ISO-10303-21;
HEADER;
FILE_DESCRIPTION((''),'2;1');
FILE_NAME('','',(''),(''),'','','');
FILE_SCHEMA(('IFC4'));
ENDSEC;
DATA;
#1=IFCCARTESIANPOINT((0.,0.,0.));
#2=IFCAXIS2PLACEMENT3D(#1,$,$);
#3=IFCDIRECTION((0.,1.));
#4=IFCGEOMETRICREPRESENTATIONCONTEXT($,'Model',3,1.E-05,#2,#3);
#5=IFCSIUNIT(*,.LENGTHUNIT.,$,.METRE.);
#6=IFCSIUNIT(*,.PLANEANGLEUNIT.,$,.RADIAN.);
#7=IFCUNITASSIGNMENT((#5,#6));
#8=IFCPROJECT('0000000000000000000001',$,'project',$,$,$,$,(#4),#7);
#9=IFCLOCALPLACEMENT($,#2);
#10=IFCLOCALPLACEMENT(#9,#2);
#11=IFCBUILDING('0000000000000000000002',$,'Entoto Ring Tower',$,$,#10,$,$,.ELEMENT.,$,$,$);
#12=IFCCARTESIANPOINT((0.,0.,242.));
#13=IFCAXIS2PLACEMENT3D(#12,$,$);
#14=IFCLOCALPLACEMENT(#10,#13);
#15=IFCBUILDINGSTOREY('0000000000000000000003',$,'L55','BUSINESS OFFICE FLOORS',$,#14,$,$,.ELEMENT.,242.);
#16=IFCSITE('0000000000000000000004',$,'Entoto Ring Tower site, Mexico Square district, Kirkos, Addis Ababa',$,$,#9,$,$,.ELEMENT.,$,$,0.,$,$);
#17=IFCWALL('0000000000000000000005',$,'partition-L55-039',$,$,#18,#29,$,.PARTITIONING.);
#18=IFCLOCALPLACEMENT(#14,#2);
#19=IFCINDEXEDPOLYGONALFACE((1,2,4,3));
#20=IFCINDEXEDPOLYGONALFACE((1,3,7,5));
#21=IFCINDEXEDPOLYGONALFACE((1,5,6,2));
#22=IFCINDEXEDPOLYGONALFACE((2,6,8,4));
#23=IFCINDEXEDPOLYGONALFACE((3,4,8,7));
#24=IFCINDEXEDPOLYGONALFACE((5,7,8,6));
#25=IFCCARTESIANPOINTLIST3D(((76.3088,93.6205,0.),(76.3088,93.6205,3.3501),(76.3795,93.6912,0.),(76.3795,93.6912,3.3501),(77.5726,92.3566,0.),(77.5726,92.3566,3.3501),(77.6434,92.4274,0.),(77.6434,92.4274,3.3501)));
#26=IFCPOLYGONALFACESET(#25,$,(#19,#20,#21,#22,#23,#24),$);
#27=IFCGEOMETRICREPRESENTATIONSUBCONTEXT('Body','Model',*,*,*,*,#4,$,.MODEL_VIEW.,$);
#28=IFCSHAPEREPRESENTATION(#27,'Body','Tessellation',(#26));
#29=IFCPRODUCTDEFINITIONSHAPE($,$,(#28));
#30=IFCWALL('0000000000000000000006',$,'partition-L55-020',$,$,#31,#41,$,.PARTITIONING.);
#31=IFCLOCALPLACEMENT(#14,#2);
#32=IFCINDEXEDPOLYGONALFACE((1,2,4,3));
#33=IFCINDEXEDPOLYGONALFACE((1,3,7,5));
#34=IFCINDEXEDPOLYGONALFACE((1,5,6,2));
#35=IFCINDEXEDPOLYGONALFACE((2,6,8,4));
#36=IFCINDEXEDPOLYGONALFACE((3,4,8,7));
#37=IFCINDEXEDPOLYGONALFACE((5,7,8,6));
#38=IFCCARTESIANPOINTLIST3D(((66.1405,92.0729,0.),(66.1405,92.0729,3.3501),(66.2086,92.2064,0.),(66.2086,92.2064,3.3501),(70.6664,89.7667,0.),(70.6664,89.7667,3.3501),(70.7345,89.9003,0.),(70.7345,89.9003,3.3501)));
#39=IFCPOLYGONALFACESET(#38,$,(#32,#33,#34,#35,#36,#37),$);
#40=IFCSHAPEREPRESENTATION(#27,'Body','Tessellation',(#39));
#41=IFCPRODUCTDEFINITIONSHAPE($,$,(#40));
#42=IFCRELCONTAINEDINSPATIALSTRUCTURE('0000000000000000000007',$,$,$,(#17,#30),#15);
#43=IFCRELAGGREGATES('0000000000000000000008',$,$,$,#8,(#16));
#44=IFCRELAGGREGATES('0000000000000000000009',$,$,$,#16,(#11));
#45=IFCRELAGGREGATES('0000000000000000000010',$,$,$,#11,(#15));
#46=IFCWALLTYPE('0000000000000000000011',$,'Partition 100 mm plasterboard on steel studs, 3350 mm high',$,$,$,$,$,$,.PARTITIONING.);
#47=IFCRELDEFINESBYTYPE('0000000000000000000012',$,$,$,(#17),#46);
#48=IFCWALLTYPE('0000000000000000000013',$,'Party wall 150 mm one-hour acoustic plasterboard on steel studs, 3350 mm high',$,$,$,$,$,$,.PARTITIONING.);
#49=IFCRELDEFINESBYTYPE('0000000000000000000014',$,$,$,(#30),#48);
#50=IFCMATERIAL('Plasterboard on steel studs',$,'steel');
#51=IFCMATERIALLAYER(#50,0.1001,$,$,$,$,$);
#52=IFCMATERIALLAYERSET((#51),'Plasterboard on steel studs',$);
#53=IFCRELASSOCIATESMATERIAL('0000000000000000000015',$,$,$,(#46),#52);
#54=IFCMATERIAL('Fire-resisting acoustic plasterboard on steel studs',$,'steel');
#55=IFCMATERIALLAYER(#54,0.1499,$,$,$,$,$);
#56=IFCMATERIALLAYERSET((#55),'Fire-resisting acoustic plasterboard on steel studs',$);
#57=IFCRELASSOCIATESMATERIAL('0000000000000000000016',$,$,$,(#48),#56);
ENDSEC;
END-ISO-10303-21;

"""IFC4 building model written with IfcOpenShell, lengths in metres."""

from ifc_helpers import new_model, si_unit, direction, frame, frame_2d, origin, place, context, subcontext, project, spatial, rectangle, extrude, material, layer, layer_set, type_object, element, save


model = new_model("IFC4")

# Units and contexts
model_context = context("Model", 3, precision=1e-05, world=origin(), true_north=direction((0.0, 1.0)))
body_context = subcontext(model_context, "Body", "Model", "MODEL_VIEW")
ifc_project = project(units=[si_unit("LENGTHUNIT", "METRE"), si_unit("PLANEANGLEUNIT", "RADIAN")], contexts=[model_context])

# Site, building, storey
site_placement = place(None, origin())
site = spatial("IfcSite", under=ifc_project, at=site_placement, Name="Entoto Ring Tower site, Mexico Square district, Kirkos, Addis Ababa", CompositionType="ELEMENT", RefElevation=0.0)
building_placement = place(site_placement, origin())
building = spatial("IfcBuilding", under=site, at=building_placement, Name="Entoto Ring Tower", CompositionType="ELEMENT")
storey_placement = place(building_placement, frame((0.0, 0.0, 242.0)))
storey = spatial("IfcBuildingStorey", under=building, at=storey_placement, Name="L55", Description="BUSINESS OFFICE FLOORS", CompositionType="ELEMENT", Elevation=242.0)

# Walls
ifc_material_1 = material(Name="Plasterboard on steel studs", Category="steel")
ifc_layer_1 = layer(ifc_material_1, 0.1001)
ifc_layer_set_1 = layer_set([ifc_layer_1], Name="Plasterboard on steel studs")
wall_type_1 = type_object("IfcWallType", Name="Partition 100 mm plasterboard on steel studs, 3350 mm high", PredefinedType="PARTITIONING", material=ifc_layer_set_1)
wall_1_placement = place(storey_placement, frame((77.6079, 92.3921, 0.0), z_axis=(0.0, 0.0, 1.0), x_axis=(-0.707107, 0.707107, 0.0)))
element("IfcWall", 1, at=wall_1_placement, inside=storey, type_object=wall_type_1, Name="partition-L55-039", PredefinedType="PARTITIONING", context=body_context, shape_type="SweptSolid", body=[
    extrude(rectangle(XDim=1.7874, YDim=0.1001, at=frame_2d((0.8936, 0.0))), origin(), (0.0, 0.0, 1.0), 3.3501),
])
ifc_material_2 = material(Name="Fire-resisting acoustic plasterboard on steel studs", Category="steel")
ifc_layer_2 = layer(ifc_material_2, 0.1499)
ifc_layer_set_2 = layer_set([ifc_layer_2], Name="Fire-resisting acoustic plasterboard on steel studs")
wall_type_2 = type_object("IfcWallType", Name="Party wall 150 mm one-hour acoustic plasterboard on steel studs, 3350 mm high", PredefinedType="PARTITIONING", material=ifc_layer_set_2)
wall_2_placement = place(storey_placement, frame((70.7004, 89.8335, 0.0), z_axis=(0.0, 0.0, 1.0), x_axis=(-0.890998, 0.454006, 0.0)))
element("IfcWall", 2, at=wall_2_placement, inside=storey, type_object=wall_type_2, Name="partition-L55-020", PredefinedType="PARTITIONING", context=body_context, shape_type="SweptSolid", body=[
    extrude(rectangle(XDim=5.0796, YDim=0.1499, at=frame_2d((2.5398, 0.0))), origin(), (0.0, 0.0, 1.0), 3.3501),
])

save(model, "model.ifc")
